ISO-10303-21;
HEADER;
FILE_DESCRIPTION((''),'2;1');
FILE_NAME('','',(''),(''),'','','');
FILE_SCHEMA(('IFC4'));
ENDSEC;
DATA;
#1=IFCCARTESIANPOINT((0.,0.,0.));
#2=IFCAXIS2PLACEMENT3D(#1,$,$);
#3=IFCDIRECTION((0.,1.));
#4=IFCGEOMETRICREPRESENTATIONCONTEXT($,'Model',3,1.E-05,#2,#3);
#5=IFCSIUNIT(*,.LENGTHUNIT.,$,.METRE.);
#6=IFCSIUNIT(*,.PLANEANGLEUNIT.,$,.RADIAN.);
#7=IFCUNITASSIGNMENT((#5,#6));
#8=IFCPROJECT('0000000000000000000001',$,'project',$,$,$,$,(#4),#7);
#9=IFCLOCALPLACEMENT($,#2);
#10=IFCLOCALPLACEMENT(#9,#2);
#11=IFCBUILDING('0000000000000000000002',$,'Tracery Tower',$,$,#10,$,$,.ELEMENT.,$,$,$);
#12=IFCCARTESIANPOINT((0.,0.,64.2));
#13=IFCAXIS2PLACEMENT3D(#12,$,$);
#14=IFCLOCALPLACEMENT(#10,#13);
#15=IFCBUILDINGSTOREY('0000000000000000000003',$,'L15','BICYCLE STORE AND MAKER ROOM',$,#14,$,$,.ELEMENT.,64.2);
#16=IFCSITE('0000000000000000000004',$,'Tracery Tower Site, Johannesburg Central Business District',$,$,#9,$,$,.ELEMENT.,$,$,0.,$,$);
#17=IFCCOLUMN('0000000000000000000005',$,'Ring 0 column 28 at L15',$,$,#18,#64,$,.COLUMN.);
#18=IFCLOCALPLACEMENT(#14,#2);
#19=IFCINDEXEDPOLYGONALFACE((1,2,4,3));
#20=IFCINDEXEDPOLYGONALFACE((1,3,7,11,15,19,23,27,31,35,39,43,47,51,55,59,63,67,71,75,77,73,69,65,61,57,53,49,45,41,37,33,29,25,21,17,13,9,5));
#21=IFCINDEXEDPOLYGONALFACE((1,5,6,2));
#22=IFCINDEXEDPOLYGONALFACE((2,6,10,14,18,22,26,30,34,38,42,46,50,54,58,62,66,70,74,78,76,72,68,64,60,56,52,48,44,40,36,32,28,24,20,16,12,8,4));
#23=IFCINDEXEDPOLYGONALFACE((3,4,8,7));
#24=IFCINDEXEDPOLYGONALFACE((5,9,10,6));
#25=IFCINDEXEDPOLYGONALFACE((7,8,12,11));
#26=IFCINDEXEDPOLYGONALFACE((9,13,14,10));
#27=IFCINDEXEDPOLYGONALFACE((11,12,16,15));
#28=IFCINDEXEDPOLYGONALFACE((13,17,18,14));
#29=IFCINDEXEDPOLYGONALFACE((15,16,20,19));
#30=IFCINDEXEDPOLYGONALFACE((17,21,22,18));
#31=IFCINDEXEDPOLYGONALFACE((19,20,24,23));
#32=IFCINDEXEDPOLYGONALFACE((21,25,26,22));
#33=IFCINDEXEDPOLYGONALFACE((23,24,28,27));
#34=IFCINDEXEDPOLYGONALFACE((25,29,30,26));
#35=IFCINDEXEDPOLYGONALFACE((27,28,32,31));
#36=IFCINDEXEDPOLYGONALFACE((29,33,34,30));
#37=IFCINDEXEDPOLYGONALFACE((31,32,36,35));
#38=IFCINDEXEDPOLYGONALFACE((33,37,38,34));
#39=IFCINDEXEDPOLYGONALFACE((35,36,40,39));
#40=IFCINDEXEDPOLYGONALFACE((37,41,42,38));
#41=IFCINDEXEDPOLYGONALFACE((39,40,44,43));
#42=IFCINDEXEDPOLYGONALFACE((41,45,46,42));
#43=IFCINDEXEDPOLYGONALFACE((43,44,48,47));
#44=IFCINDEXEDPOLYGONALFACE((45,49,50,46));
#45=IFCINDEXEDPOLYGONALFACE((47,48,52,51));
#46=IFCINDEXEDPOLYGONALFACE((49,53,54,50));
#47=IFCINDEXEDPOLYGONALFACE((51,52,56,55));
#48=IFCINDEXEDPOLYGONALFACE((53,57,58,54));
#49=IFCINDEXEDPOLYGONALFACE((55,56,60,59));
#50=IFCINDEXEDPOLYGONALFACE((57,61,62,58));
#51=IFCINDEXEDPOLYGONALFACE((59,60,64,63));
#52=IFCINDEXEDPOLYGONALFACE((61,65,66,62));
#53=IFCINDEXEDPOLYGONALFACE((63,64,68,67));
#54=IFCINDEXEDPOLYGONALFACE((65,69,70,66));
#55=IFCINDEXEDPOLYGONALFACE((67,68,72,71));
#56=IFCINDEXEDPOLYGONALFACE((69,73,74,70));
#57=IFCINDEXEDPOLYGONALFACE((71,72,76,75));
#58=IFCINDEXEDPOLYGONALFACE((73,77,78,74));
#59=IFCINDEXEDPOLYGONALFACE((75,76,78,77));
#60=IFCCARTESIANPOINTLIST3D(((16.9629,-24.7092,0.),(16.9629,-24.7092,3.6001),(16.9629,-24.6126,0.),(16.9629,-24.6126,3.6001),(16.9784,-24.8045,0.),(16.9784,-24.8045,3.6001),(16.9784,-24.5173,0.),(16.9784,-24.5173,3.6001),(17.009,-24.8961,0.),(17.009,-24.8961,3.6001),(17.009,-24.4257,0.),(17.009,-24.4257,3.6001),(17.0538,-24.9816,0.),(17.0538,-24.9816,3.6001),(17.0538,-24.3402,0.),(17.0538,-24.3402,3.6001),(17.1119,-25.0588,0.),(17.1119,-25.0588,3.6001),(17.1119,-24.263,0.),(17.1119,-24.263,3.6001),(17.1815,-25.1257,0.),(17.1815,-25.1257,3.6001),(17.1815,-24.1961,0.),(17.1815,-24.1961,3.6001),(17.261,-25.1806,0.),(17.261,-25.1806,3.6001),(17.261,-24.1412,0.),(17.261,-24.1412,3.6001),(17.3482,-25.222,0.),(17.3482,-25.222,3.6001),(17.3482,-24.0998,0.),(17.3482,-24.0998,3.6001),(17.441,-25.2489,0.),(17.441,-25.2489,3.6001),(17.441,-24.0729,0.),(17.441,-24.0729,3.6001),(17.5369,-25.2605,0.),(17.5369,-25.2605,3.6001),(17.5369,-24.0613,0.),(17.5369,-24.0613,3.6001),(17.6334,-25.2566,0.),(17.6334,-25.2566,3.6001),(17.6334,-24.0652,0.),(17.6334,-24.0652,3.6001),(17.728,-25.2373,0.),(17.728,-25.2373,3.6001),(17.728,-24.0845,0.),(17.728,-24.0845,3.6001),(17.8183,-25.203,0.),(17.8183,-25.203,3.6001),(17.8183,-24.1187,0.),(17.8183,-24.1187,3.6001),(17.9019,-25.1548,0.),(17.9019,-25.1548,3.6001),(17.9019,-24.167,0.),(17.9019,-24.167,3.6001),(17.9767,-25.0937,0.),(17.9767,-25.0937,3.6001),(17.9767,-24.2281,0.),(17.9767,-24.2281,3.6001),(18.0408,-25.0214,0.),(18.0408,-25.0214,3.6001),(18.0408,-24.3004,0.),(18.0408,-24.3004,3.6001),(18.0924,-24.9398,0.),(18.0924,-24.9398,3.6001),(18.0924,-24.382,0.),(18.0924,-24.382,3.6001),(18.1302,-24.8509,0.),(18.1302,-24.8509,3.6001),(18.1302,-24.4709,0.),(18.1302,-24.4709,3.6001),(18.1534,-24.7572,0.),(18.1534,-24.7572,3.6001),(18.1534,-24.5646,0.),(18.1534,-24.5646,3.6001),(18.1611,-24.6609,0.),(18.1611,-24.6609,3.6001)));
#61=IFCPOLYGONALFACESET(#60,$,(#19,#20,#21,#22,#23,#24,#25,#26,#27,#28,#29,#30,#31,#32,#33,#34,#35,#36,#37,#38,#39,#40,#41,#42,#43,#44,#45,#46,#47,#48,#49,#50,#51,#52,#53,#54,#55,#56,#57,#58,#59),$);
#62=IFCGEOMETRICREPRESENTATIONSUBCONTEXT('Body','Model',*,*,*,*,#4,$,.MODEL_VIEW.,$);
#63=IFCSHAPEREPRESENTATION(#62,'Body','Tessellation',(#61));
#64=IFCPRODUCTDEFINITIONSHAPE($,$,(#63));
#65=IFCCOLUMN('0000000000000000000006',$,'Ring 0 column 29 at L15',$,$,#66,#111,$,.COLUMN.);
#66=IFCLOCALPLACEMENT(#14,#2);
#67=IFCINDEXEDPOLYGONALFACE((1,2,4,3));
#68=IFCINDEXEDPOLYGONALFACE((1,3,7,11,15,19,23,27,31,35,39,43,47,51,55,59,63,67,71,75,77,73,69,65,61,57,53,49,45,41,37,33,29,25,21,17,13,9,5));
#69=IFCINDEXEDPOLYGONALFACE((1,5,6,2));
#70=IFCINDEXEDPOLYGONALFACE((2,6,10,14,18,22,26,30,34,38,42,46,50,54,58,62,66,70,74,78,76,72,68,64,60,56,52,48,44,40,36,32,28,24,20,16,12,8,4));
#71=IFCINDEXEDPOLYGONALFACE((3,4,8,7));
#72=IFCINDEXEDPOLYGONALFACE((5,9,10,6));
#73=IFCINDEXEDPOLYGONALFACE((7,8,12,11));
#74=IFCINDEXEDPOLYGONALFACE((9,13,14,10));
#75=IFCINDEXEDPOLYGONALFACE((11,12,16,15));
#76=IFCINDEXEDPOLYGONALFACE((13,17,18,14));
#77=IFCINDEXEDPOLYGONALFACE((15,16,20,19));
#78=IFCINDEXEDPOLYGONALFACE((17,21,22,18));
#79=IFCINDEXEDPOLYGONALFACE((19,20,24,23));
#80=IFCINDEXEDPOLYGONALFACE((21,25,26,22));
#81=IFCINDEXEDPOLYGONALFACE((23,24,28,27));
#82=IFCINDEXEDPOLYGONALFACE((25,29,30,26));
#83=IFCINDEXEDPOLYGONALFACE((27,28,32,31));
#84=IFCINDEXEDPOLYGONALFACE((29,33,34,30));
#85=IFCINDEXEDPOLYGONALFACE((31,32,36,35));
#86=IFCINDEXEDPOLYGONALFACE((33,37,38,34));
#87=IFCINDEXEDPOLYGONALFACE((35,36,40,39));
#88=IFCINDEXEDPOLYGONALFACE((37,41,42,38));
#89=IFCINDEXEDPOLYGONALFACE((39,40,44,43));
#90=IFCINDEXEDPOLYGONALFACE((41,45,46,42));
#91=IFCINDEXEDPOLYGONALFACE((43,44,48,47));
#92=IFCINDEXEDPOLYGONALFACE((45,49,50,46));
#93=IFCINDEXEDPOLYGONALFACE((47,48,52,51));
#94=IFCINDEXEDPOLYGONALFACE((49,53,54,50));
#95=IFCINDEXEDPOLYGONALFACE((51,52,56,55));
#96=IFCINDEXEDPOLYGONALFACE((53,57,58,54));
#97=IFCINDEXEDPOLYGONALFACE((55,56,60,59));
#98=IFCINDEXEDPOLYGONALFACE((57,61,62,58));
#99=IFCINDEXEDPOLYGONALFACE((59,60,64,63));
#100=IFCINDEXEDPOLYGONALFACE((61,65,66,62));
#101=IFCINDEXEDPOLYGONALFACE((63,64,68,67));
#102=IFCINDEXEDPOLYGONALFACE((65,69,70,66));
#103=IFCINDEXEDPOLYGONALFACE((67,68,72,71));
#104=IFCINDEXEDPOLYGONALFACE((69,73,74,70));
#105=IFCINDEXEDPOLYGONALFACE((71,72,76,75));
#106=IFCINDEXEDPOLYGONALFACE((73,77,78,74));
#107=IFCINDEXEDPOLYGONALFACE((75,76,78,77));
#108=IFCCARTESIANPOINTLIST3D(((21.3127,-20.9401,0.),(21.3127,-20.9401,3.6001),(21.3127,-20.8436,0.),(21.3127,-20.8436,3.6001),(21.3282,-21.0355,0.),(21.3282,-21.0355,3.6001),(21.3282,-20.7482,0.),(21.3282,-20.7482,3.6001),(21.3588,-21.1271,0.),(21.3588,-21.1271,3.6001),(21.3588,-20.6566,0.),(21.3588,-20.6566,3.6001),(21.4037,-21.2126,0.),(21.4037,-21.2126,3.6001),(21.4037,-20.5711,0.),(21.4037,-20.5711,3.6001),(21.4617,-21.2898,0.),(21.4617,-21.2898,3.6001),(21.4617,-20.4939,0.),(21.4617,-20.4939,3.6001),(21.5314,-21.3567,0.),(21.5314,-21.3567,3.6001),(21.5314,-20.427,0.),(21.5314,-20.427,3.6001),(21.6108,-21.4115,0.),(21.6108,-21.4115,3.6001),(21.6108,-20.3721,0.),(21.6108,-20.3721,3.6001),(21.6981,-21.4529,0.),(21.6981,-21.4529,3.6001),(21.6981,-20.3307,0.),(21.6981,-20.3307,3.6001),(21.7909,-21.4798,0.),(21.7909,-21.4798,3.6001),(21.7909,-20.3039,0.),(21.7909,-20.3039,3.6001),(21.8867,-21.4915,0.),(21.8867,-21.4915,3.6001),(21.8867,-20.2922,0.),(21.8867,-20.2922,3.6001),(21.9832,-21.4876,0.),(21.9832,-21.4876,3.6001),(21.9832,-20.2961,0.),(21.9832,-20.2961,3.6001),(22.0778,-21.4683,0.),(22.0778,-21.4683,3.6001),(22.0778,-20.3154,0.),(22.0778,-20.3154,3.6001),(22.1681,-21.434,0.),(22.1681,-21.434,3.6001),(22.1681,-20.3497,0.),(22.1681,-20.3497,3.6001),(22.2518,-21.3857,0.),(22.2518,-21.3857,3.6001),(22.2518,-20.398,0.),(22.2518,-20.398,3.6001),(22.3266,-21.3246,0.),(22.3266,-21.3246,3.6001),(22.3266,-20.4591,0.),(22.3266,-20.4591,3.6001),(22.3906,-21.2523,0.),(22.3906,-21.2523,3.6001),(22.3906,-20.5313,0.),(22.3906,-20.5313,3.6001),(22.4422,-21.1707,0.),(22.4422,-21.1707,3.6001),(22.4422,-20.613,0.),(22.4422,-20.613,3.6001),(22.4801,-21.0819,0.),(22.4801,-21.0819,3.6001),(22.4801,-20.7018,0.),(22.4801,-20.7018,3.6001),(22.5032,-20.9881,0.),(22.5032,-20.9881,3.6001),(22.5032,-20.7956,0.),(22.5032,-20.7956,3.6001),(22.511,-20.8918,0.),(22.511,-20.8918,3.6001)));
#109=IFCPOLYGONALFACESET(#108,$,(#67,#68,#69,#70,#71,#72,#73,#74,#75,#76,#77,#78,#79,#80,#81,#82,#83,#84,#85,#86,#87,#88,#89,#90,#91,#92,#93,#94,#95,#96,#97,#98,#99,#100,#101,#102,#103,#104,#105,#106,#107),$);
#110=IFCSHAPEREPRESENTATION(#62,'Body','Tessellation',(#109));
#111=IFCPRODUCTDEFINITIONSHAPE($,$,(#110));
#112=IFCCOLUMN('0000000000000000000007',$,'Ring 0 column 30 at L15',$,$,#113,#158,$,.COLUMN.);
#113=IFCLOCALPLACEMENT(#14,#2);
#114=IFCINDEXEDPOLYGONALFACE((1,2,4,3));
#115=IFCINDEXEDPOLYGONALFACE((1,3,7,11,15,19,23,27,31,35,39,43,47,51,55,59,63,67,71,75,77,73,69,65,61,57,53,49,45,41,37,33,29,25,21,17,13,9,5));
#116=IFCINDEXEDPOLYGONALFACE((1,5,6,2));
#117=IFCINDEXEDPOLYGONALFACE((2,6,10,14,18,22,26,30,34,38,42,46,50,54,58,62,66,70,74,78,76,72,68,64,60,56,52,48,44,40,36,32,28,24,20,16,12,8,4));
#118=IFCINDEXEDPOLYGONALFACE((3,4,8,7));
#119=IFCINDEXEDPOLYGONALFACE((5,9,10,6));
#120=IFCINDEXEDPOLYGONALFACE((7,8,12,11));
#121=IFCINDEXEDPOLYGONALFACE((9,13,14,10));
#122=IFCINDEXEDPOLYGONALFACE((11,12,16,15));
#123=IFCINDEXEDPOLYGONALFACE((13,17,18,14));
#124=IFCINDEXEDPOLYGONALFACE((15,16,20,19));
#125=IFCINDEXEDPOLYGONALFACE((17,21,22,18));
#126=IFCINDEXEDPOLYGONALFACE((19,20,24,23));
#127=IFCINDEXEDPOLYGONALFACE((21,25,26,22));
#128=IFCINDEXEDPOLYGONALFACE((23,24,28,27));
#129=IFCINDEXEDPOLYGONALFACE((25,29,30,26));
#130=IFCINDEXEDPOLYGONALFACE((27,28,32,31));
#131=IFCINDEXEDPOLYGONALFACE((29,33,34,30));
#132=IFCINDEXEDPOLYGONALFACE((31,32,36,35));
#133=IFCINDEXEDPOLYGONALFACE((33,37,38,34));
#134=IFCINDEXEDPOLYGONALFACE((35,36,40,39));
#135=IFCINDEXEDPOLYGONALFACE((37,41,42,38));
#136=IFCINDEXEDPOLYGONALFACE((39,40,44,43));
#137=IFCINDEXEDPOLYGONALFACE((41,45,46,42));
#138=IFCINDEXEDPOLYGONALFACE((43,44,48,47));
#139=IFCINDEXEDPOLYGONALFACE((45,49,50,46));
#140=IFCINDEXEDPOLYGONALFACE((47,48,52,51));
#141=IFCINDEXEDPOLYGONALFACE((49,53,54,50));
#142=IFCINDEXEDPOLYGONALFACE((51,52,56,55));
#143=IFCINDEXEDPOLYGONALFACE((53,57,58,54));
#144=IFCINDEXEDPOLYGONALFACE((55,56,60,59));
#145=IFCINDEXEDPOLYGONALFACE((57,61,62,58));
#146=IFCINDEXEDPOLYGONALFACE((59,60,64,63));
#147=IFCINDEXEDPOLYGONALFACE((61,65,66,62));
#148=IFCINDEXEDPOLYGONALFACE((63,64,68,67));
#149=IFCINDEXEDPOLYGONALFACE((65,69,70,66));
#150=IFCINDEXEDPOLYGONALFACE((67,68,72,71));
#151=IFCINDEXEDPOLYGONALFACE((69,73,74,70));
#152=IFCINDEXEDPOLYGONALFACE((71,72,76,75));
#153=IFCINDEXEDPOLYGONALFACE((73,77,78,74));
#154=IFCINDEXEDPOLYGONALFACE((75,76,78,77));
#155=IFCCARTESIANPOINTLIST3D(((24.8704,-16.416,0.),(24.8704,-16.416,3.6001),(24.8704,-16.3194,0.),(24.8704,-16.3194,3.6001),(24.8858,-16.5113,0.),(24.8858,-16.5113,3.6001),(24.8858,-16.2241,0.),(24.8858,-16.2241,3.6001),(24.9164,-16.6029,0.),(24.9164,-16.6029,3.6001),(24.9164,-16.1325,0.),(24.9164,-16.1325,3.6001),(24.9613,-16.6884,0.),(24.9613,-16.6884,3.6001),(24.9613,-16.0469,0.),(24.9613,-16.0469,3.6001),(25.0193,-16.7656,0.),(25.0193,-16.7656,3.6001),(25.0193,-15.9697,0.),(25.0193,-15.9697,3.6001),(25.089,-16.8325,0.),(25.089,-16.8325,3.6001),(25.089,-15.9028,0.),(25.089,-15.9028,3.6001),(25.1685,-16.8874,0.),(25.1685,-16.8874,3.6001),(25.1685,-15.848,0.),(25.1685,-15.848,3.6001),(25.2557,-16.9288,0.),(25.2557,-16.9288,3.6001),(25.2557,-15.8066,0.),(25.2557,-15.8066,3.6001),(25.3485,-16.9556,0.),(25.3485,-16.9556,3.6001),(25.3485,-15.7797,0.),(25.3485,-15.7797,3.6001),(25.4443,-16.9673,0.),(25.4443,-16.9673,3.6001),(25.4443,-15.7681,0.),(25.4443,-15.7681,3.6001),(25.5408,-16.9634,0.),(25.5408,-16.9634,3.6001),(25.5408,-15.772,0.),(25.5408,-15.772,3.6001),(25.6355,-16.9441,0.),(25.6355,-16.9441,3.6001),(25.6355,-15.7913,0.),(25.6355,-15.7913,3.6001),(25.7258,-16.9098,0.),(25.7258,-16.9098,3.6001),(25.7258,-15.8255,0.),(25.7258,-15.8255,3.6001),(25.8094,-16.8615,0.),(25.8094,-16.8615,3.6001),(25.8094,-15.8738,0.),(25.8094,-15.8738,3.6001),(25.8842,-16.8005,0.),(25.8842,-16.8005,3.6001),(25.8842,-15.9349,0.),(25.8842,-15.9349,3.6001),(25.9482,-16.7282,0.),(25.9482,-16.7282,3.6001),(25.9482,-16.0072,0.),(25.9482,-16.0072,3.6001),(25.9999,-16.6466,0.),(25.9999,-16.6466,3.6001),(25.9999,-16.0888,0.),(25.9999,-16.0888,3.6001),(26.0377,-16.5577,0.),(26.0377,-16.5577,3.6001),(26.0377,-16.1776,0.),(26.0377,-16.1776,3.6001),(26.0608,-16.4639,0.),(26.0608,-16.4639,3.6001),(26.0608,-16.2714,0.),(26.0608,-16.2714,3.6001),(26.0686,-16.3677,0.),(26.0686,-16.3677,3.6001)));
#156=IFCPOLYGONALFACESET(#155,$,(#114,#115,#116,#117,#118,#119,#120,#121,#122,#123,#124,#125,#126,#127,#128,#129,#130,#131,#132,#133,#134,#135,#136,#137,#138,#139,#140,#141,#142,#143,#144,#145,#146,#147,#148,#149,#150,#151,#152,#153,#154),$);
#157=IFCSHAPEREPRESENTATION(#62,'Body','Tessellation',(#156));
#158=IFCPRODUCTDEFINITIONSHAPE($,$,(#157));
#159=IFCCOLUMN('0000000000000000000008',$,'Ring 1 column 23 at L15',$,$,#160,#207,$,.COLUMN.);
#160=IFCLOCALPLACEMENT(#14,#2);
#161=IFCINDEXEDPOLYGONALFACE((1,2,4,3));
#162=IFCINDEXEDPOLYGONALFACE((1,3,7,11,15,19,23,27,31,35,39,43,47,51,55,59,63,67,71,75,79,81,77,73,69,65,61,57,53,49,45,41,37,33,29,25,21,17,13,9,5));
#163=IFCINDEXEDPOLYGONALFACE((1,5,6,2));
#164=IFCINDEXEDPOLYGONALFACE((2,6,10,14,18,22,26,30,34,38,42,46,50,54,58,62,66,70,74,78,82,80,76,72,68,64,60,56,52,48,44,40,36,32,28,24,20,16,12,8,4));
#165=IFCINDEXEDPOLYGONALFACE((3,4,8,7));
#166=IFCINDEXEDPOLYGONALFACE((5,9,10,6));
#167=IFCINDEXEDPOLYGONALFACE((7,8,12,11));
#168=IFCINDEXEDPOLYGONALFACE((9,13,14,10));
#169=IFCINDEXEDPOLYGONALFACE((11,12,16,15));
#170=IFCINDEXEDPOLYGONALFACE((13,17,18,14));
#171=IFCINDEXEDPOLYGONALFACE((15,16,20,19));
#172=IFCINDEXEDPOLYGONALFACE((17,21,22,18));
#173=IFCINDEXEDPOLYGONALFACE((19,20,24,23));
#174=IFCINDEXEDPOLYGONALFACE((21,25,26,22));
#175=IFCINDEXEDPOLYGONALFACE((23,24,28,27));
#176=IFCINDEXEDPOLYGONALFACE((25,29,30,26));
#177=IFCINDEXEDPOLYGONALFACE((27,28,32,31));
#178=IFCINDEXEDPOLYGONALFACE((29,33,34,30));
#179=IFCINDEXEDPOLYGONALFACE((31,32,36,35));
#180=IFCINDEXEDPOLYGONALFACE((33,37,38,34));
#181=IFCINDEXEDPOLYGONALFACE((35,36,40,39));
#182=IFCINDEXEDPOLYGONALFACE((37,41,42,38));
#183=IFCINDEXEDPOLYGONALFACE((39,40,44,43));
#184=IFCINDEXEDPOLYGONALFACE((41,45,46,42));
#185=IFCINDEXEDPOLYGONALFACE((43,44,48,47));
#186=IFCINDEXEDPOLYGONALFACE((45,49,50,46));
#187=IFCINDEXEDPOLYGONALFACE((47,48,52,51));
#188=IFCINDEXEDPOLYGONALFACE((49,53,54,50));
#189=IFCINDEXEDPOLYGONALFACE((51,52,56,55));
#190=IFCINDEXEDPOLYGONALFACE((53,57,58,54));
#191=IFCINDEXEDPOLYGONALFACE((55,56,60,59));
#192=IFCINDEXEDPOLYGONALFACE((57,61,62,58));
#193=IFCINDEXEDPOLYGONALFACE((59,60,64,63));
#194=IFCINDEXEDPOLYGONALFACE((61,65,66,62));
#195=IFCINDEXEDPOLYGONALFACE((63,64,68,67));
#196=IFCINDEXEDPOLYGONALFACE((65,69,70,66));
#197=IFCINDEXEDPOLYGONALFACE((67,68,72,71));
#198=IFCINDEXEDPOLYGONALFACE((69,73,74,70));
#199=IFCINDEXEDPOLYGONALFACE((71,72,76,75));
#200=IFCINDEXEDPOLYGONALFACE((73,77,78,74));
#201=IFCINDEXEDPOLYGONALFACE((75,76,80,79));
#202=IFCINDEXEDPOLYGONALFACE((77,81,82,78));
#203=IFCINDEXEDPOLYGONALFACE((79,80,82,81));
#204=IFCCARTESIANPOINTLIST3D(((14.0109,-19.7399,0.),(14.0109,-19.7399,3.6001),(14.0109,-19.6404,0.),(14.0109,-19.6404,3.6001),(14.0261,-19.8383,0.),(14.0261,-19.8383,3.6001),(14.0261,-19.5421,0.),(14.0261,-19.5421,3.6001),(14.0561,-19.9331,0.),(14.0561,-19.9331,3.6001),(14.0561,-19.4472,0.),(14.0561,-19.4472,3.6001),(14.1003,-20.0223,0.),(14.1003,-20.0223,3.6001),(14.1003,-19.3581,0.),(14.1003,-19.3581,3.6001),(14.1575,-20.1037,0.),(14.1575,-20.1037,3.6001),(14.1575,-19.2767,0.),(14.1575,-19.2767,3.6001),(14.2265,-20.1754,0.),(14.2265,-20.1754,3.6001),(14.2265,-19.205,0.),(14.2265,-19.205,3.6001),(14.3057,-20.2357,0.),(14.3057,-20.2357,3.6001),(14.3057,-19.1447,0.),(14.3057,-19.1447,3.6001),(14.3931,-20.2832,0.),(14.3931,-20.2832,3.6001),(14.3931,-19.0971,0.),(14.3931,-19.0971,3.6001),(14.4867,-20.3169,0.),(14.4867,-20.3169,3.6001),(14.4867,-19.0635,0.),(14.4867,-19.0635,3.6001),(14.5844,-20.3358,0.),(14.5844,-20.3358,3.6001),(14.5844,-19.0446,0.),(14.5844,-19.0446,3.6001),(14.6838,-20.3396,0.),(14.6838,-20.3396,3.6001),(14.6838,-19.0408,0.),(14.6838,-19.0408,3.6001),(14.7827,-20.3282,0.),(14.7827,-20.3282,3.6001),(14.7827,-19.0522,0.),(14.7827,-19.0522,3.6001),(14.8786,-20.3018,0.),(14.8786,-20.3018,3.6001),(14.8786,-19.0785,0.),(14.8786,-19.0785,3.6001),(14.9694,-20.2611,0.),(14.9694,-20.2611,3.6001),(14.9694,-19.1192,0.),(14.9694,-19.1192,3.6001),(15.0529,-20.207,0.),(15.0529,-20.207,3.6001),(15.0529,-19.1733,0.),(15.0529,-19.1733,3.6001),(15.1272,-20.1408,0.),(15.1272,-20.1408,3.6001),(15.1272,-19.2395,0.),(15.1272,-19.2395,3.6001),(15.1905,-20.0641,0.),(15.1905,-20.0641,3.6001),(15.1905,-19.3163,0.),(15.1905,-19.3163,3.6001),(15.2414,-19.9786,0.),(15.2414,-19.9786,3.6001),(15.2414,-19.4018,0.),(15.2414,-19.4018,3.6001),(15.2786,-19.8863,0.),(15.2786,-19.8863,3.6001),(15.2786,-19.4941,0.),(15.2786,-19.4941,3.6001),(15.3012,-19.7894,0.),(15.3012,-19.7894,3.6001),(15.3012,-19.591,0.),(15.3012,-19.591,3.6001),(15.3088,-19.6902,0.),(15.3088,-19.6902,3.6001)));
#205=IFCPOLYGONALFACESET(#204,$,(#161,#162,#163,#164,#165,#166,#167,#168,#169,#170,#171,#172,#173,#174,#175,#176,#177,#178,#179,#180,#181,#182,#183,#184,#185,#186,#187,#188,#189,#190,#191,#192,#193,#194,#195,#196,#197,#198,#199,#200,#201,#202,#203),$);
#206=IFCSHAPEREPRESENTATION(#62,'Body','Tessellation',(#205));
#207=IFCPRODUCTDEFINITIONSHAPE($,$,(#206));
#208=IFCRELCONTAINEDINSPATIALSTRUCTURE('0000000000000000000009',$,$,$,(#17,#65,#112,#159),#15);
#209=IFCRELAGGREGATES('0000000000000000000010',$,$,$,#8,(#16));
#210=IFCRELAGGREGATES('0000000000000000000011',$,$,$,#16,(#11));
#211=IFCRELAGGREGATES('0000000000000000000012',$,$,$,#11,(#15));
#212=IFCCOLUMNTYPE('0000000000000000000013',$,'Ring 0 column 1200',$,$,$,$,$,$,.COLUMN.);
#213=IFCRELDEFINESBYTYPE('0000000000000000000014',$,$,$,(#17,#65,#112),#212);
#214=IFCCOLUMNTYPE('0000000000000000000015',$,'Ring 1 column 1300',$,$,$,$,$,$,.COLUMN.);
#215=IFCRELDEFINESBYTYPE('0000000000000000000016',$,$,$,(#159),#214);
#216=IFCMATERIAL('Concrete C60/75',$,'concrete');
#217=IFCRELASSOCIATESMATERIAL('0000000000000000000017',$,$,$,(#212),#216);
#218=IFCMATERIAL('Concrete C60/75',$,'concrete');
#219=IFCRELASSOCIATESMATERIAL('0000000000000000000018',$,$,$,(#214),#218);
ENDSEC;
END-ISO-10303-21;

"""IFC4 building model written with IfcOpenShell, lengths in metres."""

from ifc_helpers import new_model, si_unit, direction, frame, origin, origin_2d, place, context, subcontext, project, spatial, circle, extrude, material, material_profile, profile_set, type_object, element, save


model = new_model("IFC4")

# Units and contexts
model_context = context("Model", 3, precision=1e-05, world=origin(), true_north=direction((0.0, 1.0)))
body_context = subcontext(model_context, "Body", "Model", "MODEL_VIEW")
ifc_project = project(units=[si_unit("LENGTHUNIT", "METRE"), si_unit("PLANEANGLEUNIT", "RADIAN")], contexts=[model_context])

# Site, building, storey
site_placement = place(None, origin())
site = spatial("IfcSite", under=ifc_project, at=site_placement, Name="Tracery Tower Site, Johannesburg Central Business District", CompositionType="ELEMENT", RefElevation=0.0)
building_placement = place(site_placement, origin())
building = spatial("IfcBuilding", under=site, at=building_placement, Name="Tracery Tower", CompositionType="ELEMENT")
storey_placement = place(building_placement, frame((0.0, 0.0, 64.2)))
storey = spatial("IfcBuildingStorey", under=building, at=storey_placement, Name="L15", Description="BICYCLE STORE AND MAKER ROOM", CompositionType="ELEMENT", Elevation=64.2)

# Columns
ifc_material_1 = material(Name="Concrete C60/75", Category="concrete")
ifc_material_profile_1 = material_profile(ifc_material_1, circle(Radius=0.6001, at=origin_2d()), Name="RC D1200")
ifc_profile_set_1 = profile_set([ifc_material_profile_1], Name="Concrete C60/75")
column_type_1 = type_object("IfcColumnType", Name="Ring 0 column 1200", PredefinedType="COLUMN", material=ifc_profile_set_1)
for number, where, z_axis, x_axis, name in (
    (1, (17.561, -24.6609, 0.0), (0.0, 0.0, 1.0), (1.0, 0.0, 0.0), "Ring 0 column 28 at L15"),
    (2, (21.9109, -20.8918, 0.0), (0.0, 0.0, 1.0), (1.0, 0.0, 0.0), "Ring 0 column 29 at L15"),
    (3, (25.4685, -16.3677, 0.0), (0.0, 0.0, 1.0), (1.0, 0.0, 0.0), "Ring 0 column 30 at L15"),
):
    element("IfcColumn", number, at=place(storey_placement, frame(where, z_axis=z_axis, x_axis=x_axis)), inside=storey, type_object=column_type_1, Name=name, PredefinedType="COLUMN", context=body_context, shape_type="SweptSolid", body=[
        extrude(circle(Radius=0.6001, at=origin_2d()), origin(), (0.0, 0.0, 1.0), 3.6001),
    ])
ifc_material_2 = material(Name="Concrete C60/75", Category="concrete")
ifc_material_profile_2 = material_profile(ifc_material_2, circle(Radius=0.6499, at=origin_2d()), Name="RC D1300")
ifc_profile_set_2 = profile_set([ifc_material_profile_2], Name="Concrete C60/75")
column_type_2 = type_object("IfcColumnType", Name="Ring 1 column 1300", PredefinedType="COLUMN", material=ifc_profile_set_2)
for number, where, z_axis, x_axis, name in (
    (4, (14.6589, -19.6902, 0.0), (0.0, 0.0, 1.0), (1.0, 0.0, 0.0), "Ring 1 column 23 at L15"),
):
    element("IfcColumn", number, at=place(storey_placement, frame(where, z_axis=z_axis, x_axis=x_axis)), inside=storey, type_object=column_type_2, Name=name, PredefinedType="COLUMN", context=body_context, shape_type="SweptSolid", body=[
        extrude(circle(Radius=0.6499, at=origin_2d()), origin(), (0.0, 0.0, 1.0), 3.6001),
    ])

save(model, "model.ifc")
